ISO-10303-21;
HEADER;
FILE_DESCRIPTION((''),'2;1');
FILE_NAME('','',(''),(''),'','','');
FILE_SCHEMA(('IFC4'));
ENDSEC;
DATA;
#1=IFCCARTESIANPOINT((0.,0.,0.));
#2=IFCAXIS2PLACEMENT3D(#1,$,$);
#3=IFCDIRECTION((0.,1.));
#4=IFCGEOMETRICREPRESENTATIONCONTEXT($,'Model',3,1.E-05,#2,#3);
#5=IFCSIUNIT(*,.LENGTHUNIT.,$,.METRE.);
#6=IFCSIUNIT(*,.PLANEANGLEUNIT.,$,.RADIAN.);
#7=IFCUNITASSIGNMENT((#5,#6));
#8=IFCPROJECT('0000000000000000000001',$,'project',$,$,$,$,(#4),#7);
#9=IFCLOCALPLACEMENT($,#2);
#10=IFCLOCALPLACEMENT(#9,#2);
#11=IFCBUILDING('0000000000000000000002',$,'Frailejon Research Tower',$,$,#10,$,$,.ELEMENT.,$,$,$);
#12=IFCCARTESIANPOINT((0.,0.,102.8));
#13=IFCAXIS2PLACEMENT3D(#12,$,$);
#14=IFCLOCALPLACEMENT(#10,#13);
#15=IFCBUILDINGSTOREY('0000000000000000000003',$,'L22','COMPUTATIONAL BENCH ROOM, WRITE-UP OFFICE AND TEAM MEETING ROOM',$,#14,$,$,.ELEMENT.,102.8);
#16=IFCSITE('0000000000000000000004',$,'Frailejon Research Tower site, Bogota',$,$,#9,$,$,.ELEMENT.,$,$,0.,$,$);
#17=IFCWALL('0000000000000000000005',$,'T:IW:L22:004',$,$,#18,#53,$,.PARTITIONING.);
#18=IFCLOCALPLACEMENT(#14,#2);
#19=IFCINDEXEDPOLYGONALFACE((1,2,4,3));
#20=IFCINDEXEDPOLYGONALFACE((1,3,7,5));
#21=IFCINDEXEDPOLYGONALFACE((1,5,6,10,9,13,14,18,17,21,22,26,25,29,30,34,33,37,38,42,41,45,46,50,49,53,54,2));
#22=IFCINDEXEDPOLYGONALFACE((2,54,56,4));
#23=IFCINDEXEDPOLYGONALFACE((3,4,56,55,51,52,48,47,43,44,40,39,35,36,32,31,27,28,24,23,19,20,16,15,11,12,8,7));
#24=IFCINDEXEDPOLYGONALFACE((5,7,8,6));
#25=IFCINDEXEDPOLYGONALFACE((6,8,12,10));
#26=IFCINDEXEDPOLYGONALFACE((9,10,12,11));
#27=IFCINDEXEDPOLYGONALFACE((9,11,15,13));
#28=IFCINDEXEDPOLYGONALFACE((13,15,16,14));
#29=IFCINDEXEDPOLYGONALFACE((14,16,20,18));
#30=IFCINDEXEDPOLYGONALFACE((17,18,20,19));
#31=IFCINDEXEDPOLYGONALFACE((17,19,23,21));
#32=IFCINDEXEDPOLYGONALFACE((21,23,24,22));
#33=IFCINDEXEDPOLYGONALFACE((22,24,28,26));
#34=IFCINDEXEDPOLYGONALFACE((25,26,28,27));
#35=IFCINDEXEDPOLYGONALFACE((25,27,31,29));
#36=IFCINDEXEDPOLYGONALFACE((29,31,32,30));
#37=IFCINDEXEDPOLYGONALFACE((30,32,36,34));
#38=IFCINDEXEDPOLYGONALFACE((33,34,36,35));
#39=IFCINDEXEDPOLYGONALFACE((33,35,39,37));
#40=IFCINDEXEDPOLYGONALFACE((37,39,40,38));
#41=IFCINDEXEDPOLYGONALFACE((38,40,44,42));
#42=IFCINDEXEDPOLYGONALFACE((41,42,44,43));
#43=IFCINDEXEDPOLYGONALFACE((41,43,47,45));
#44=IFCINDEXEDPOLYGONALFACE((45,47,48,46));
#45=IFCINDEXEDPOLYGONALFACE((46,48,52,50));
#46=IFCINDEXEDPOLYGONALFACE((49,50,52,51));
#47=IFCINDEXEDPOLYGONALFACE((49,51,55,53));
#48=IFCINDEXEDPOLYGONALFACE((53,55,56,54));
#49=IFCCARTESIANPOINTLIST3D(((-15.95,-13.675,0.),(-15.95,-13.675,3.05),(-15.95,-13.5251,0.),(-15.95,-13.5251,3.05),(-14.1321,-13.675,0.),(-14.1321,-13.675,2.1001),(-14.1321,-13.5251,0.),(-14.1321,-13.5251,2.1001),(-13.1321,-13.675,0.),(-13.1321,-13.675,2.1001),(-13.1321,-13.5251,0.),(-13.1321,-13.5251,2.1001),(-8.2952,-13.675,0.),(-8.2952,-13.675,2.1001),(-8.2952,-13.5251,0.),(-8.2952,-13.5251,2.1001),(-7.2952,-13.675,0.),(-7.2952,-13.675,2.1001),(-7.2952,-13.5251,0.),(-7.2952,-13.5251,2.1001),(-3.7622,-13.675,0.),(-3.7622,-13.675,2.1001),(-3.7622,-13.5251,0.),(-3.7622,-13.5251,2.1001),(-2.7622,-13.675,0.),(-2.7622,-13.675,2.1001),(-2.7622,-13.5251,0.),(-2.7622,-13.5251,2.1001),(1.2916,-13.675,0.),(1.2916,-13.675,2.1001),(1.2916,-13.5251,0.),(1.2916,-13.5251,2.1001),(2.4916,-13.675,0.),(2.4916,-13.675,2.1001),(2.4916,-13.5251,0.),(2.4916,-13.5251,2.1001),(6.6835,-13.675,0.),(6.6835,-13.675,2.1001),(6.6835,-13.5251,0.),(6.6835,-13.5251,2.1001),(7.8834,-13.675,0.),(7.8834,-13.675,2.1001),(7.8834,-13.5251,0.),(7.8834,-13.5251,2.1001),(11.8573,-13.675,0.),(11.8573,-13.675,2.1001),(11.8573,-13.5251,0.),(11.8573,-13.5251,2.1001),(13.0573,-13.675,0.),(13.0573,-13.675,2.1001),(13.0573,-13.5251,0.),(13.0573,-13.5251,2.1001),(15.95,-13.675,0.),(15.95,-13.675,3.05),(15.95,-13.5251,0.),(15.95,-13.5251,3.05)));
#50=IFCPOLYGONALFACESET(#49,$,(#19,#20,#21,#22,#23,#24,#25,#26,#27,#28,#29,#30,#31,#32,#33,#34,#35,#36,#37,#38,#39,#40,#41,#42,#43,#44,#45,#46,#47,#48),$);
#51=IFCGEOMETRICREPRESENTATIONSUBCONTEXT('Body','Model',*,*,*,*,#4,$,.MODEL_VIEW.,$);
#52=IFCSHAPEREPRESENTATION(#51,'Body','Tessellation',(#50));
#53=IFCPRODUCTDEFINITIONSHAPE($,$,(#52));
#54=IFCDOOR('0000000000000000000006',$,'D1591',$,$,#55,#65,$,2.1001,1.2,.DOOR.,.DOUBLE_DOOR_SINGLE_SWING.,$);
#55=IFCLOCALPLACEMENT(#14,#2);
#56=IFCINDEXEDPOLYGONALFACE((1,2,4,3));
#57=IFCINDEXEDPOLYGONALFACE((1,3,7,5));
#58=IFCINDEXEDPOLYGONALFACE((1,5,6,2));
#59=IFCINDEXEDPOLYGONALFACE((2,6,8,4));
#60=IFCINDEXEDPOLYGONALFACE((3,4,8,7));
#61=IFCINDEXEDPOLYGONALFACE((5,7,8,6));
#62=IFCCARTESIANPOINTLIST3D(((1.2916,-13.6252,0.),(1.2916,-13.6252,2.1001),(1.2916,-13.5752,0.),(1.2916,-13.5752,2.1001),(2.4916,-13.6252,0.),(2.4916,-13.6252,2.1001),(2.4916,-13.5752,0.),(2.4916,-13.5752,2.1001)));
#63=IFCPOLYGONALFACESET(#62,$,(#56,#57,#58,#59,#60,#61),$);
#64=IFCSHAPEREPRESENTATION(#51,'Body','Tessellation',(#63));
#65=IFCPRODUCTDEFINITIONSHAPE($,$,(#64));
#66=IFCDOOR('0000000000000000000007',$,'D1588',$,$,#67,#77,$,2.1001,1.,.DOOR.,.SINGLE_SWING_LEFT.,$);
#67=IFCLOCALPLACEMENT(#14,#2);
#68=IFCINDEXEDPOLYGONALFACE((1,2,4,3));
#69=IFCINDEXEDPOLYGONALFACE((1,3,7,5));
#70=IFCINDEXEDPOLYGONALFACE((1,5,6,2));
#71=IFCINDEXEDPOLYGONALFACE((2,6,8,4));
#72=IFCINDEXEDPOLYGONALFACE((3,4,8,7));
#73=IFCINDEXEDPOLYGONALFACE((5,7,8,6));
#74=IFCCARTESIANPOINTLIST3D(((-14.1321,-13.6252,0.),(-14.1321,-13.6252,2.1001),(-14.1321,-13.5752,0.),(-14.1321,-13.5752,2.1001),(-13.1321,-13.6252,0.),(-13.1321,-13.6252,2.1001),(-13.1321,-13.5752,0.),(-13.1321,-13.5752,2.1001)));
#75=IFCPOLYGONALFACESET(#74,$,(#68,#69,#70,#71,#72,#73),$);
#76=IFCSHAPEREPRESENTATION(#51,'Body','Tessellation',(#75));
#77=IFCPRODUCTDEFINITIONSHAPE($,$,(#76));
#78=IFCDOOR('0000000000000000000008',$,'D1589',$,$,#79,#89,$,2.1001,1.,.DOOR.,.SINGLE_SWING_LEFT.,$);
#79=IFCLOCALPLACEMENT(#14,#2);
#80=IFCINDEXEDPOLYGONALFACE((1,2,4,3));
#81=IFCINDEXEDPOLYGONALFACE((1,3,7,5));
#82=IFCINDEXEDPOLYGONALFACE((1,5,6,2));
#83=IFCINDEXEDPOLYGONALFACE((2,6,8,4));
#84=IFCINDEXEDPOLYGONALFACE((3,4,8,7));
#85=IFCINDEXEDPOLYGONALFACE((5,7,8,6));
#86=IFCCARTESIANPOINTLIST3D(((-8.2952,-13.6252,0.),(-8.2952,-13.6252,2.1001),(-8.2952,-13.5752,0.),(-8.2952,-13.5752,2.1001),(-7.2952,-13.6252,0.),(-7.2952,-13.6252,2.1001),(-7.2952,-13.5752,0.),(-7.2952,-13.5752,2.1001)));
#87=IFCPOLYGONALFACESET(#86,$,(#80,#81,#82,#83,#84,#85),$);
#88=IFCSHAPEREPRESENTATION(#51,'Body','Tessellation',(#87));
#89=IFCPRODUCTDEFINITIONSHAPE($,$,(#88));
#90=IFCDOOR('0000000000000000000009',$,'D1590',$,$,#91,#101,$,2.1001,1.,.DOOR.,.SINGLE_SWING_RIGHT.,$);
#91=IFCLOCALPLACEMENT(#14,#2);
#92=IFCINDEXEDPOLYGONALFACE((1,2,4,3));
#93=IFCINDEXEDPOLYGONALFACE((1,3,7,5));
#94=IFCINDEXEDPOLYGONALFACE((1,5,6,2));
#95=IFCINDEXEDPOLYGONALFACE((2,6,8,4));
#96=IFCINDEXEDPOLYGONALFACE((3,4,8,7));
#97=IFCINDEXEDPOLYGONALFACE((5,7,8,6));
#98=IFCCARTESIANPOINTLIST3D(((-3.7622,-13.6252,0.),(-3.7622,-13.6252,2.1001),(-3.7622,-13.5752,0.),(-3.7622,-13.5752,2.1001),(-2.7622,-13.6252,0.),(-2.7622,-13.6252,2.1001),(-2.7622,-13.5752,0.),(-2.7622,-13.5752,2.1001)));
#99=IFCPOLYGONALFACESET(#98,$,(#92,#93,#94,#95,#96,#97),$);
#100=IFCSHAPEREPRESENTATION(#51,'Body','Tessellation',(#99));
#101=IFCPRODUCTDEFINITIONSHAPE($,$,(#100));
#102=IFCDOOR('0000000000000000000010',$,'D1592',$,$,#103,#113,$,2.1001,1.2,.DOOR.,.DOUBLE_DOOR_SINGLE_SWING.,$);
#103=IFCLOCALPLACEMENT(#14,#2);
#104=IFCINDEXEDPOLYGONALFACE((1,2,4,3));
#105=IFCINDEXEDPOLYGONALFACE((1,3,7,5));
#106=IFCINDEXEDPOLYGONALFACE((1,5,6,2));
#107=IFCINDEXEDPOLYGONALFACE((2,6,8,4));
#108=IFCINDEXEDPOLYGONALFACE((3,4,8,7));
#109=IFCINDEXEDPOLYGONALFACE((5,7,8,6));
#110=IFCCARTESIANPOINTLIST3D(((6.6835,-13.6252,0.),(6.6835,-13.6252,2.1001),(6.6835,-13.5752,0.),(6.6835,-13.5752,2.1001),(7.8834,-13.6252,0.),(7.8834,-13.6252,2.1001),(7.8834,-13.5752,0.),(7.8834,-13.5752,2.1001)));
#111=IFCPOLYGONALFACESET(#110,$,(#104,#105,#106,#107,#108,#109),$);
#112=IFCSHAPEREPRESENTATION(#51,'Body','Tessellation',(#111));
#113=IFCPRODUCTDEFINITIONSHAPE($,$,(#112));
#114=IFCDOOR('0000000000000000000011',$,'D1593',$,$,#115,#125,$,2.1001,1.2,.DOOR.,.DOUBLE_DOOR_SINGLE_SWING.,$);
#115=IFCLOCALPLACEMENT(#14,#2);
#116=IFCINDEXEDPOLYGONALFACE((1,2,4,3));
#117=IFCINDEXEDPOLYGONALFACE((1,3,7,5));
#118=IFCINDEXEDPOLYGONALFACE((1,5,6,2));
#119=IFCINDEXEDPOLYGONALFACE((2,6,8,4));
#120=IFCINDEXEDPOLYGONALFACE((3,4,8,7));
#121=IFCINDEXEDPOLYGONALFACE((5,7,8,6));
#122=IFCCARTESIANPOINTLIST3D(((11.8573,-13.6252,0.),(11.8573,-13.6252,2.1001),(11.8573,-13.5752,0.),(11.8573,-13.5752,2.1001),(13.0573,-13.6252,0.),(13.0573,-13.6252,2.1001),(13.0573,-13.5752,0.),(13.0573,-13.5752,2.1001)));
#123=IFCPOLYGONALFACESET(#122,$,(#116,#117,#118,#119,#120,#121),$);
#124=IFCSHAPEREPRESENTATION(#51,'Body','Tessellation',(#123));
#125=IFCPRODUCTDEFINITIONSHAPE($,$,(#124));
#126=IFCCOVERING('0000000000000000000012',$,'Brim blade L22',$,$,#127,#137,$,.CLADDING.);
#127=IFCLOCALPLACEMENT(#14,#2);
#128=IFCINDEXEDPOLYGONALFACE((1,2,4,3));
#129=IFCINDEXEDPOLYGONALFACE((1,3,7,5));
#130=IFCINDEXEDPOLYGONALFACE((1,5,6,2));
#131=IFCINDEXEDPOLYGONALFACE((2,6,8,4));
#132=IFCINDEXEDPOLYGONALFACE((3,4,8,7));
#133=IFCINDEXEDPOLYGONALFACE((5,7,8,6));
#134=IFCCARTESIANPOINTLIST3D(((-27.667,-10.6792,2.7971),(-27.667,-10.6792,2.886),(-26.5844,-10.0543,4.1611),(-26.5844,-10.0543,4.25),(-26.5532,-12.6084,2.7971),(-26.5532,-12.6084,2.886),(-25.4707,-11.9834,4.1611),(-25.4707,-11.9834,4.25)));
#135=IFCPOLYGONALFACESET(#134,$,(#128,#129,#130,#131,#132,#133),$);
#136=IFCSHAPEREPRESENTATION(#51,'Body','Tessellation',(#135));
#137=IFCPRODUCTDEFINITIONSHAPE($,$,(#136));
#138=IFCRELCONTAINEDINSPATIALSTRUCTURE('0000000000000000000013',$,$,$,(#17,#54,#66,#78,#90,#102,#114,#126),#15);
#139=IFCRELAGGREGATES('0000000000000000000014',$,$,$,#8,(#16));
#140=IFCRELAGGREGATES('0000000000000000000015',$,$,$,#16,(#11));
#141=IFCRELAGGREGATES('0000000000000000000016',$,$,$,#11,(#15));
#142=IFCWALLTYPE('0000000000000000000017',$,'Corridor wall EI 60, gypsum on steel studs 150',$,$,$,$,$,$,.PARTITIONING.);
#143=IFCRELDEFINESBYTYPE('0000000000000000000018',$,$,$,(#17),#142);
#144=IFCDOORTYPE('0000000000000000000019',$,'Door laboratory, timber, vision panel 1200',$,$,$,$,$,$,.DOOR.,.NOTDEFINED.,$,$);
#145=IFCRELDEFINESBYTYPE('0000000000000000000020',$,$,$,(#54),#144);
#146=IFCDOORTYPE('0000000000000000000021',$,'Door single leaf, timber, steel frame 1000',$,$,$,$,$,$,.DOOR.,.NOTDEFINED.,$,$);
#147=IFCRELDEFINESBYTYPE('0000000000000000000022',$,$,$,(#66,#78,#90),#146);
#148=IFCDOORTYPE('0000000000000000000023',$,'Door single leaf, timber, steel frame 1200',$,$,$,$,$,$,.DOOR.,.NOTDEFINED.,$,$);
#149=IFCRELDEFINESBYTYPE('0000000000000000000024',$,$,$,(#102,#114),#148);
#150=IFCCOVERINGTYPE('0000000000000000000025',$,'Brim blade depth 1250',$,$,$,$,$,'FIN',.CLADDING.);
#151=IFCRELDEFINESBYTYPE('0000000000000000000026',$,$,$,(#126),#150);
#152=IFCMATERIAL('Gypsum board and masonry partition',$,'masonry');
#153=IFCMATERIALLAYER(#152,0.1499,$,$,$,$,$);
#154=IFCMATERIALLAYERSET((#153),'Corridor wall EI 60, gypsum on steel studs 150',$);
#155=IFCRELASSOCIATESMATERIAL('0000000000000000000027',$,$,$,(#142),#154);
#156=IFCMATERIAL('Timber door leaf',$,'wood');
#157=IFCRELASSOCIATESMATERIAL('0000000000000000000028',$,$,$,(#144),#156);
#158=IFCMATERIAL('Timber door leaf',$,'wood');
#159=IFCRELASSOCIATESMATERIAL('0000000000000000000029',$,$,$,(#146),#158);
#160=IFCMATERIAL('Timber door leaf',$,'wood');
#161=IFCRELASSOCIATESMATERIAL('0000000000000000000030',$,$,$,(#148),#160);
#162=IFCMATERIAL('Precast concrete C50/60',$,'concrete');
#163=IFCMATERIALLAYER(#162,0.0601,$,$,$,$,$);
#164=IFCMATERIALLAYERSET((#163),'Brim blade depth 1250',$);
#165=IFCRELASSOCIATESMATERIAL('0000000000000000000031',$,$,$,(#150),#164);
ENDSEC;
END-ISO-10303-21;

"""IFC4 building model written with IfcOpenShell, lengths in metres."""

from ifc_helpers import new_model, si_unit, direction, frame, frame_2d, origin, place, context, subcontext, project, spatial, polyline, rectangle, outline, extrude, material, layer, layer_set, type_object, element, fill, save


model = new_model("IFC4")

# Units and contexts
model_context = context("Model", 3, precision=1e-05, world=origin(), true_north=direction((0.0, 1.0)))
body_context = subcontext(model_context, "Body", "Model", "MODEL_VIEW")
ifc_project = project(units=[si_unit("LENGTHUNIT", "METRE"), si_unit("PLANEANGLEUNIT", "RADIAN")], contexts=[model_context])

# Site, building, storey
site_placement = place(None, origin())
site = spatial("IfcSite", under=ifc_project, at=site_placement, Name="Frailejon Research Tower site, Bogota", CompositionType="ELEMENT", RefElevation=0.0)
building_placement = place(site_placement, origin())
building = spatial("IfcBuilding", under=site, at=building_placement, Name="Frailejon Research Tower", CompositionType="ELEMENT")
storey_placement = place(building_placement, frame((0.0, 0.0, 102.8)))
storey = spatial("IfcBuildingStorey", under=building, at=storey_placement, Name="L22", Description="COMPUTATIONAL BENCH ROOM, WRITE-UP OFFICE AND TEAM MEETING ROOM", CompositionType="ELEMENT", Elevation=102.8)

# Wall, openings, doors
ifc_material_1 = material(Name="Gypsum board and masonry partition", Category="masonry")
ifc_layer_1 = layer(ifc_material_1, 0.1499)
ifc_layer_set_1 = layer_set([ifc_layer_1], Name="Corridor wall EI 60, gypsum on steel studs 150")
wall_type = type_object("IfcWallType", Name="Corridor wall EI 60, gypsum on steel studs 150", PredefinedType="PARTITIONING", material=ifc_layer_set_1)
ifc_material_2 = material(Name="Timber door leaf", Category="wood")
door_type_1 = type_object("IfcDoorType", Name="Door laboratory, timber, vision panel 1200", OperationType="NOTDEFINED", PredefinedType="DOOR", material=ifc_material_2)
ifc_material_3 = material(Name="Timber door leaf", Category="wood")
door_type_2 = type_object("IfcDoorType", Name="Door single leaf, timber, steel frame 1000", OperationType="NOTDEFINED", PredefinedType="DOOR", material=ifc_material_3)
ifc_material_4 = material(Name="Timber door leaf", Category="wood")
door_type_3 = type_object("IfcDoorType", Name="Door single leaf, timber, steel frame 1200", OperationType="NOTDEFINED", PredefinedType="DOOR", material=ifc_material_4)
wall_1_placement = place(storey_placement, frame((-15.95, -13.6001, 0.0), z_axis=(0.0, 0.0, 1.0), x_axis=(1.0, 0.0, 0.0)))
wall_1 = element("IfcWall", 1, at=wall_1_placement, inside=storey, type_object=wall_type, Name="T:IW:L22:004", PredefinedType="PARTITIONING", context=body_context, shape_type="SweptSolid", body=[
    extrude(rectangle(XDim=31.8999, YDim=0.1499, at=frame_2d((15.95, 0.0))), origin(), (0.0, 0.0, 1.0), 3.05),
])
opening_1_placement = place(wall_1_placement, frame((1.8179, 0.0, 0.0)))
opening_1 = element("IfcOpeningElement", 2, at=opening_1_placement, cuts=wall_1, PredefinedType="OPENING", context=body_context, shape_type="SweptSolid", body=[
    extrude(rectangle(XDim=1.0, YDim=2.1001, at=frame_2d((0.5, 1.05))), frame((0.0, 0.085, 0.0), z_axis=(0.0, -1.0, 0.0), x_axis=(1.0, 0.0, 0.0)), (0.0, 0.0, 1.0), 0.1699),
])
opening_2_placement = place(wall_1_placement, frame((7.6548, 0.0, 0.0)))
opening_2 = element("IfcOpeningElement", 3, at=opening_2_placement, cuts=wall_1, PredefinedType="OPENING", context=body_context, shape_type="SweptSolid", body=[
    extrude(rectangle(XDim=1.0, YDim=2.1001, at=frame_2d((0.5, 1.05))), frame((0.0, 0.085, 0.0), z_axis=(0.0, -1.0, 0.0), x_axis=(1.0, 0.0, 0.0)), (0.0, 0.0, 1.0), 0.1699),
])
opening_3_placement = place(wall_1_placement, frame((12.1877, 0.0, 0.0)))
opening_3 = element("IfcOpeningElement", 4, at=opening_3_placement, cuts=wall_1, PredefinedType="OPENING", context=body_context, shape_type="SweptSolid", body=[
    extrude(rectangle(XDim=1.0, YDim=2.1001, at=frame_2d((0.5, 1.05))), frame((0.0, 0.085, 0.0), z_axis=(0.0, -1.0, 0.0), x_axis=(1.0, 0.0, 0.0)), (0.0, 0.0, 1.0), 0.1699),
])
opening_4_placement = place(wall_1_placement, frame((17.2415, 0.0, 0.0)))
opening_4 = element("IfcOpeningElement", 5, at=opening_4_placement, cuts=wall_1, PredefinedType="OPENING", context=body_context, shape_type="SweptSolid", body=[
    extrude(rectangle(XDim=1.2, YDim=2.1001, at=frame_2d((0.6001, 1.05))), frame((0.0, 0.085, 0.0), z_axis=(0.0, -1.0, 0.0), x_axis=(1.0, 0.0, 0.0)), (0.0, 0.0, 1.0), 0.1699),
])
opening_5_placement = place(wall_1_placement, frame((22.6333, 0.0, 0.0)))
opening_5 = element("IfcOpeningElement", 6, at=opening_5_placement, cuts=wall_1, PredefinedType="OPENING", context=body_context, shape_type="SweptSolid", body=[
    extrude(rectangle(XDim=1.2, YDim=2.1001, at=frame_2d((0.6001, 1.05))), frame((0.0, 0.085, 0.0), z_axis=(0.0, -1.0, 0.0), x_axis=(1.0, 0.0, 0.0)), (0.0, 0.0, 1.0), 0.1699),
])
opening_6_placement = place(wall_1_placement, frame((27.8071, 0.0, 0.0)))
opening_6 = element("IfcOpeningElement", 7, at=opening_6_placement, cuts=wall_1, PredefinedType="OPENING", context=body_context, shape_type="SweptSolid", body=[
    extrude(rectangle(XDim=1.2, YDim=2.1001, at=frame_2d((0.6001, 1.05))), frame((0.0, 0.085, 0.0), z_axis=(0.0, -1.0, 0.0), x_axis=(1.0, 0.0, 0.0)), (0.0, 0.0, 1.0), 0.1699),
])
door_1_placement = place(opening_4_placement, origin())
door_1 = element("IfcDoor", 8, at=door_1_placement, inside=storey, type_object=door_type_1, Name="D1591", OperationType="DOUBLE_DOOR_SINGLE_SWING", OverallHeight=2.1001, OverallWidth=1.2, PredefinedType="DOOR", context=body_context, shape_type="SweptSolid", body=[
    extrude(rectangle(XDim=1.2, YDim=2.1001, at=frame_2d((0.6001, 1.05))), frame((0.0, 0.0249, 0.0), z_axis=(0.0, -1.0, 0.0), x_axis=(1.0, 0.0, 0.0)), (0.0, 0.0, 1.0), 0.05),
])
fill(opening_4, door_1)
door_2_placement = place(opening_1_placement, origin())
door_2 = element("IfcDoor", 9, at=door_2_placement, inside=storey, type_object=door_type_2, Name="D1588", OperationType="SINGLE_SWING_LEFT", OverallHeight=2.1001, OverallWidth=1.0, PredefinedType="DOOR", context=body_context, shape_type="SweptSolid", body=[
    extrude(rectangle(XDim=1.0, YDim=2.1001, at=frame_2d((0.5, 1.05))), frame((0.0, 0.0249, 0.0), z_axis=(0.0, -1.0, 0.0), x_axis=(1.0, 0.0, 0.0)), (0.0, 0.0, 1.0), 0.05),
])
fill(opening_1, door_2)
door_3_placement = place(opening_2_placement, origin())
door_3 = element("IfcDoor", 10, at=door_3_placement, inside=storey, type_object=door_type_2, Name="D1589", OperationType="SINGLE_SWING_LEFT", OverallHeight=2.1001, OverallWidth=1.0, PredefinedType="DOOR", context=body_context, shape_type="SweptSolid", body=[
    extrude(rectangle(XDim=1.0, YDim=2.1001, at=frame_2d((0.5, 1.05))), frame((0.0, 0.0249, 0.0), z_axis=(0.0, -1.0, 0.0), x_axis=(1.0, 0.0, 0.0)), (0.0, 0.0, 1.0), 0.05),
])
fill(opening_2, door_3)
door_4_placement = place(opening_3_placement, origin())
door_4 = element("IfcDoor", 11, at=door_4_placement, inside=storey, type_object=door_type_2, Name="D1590", OperationType="SINGLE_SWING_RIGHT", OverallHeight=2.1001, OverallWidth=1.0, PredefinedType="DOOR", context=body_context, shape_type="SweptSolid", body=[
    extrude(rectangle(XDim=1.0, YDim=2.1001, at=frame_2d((0.5, 1.05))), frame((0.0, 0.0249, 0.0), z_axis=(0.0, -1.0, 0.0), x_axis=(1.0, 0.0, 0.0)), (0.0, 0.0, 1.0), 0.05),
])
fill(opening_3, door_4)
door_5_placement = place(opening_5_placement, origin())
door_5 = element("IfcDoor", 12, at=door_5_placement, inside=storey, type_object=door_type_3, Name="D1592", OperationType="DOUBLE_DOOR_SINGLE_SWING", OverallHeight=2.1001, OverallWidth=1.2, PredefinedType="DOOR", context=body_context, shape_type="SweptSolid", body=[
    extrude(rectangle(XDim=1.2, YDim=2.1001, at=frame_2d((0.6001, 1.05))), frame((0.0, 0.0249, 0.0), z_axis=(0.0, -1.0, 0.0), x_axis=(1.0, 0.0, 0.0)), (0.0, 0.0, 1.0), 0.05),
])
fill(opening_5, door_5)
door_6_placement = place(opening_6_placement, origin())
door_6 = element("IfcDoor", 13, at=door_6_placement, inside=storey, type_object=door_type_3, Name="D1593", OperationType="DOUBLE_DOOR_SINGLE_SWING", OverallHeight=2.1001, OverallWidth=1.2, PredefinedType="DOOR", context=body_context, shape_type="SweptSolid", body=[
    extrude(rectangle(XDim=1.2, YDim=2.1001, at=frame_2d((0.6001, 1.05))), frame((0.0, 0.0249, 0.0), z_axis=(0.0, -1.0, 0.0), x_axis=(1.0, 0.0, 0.0)), (0.0, 0.0, 1.0), 0.05),
])
fill(opening_6, door_6)

# Covering
ifc_material_5 = material(Name="Precast concrete C50/60", Category="concrete")
ifc_layer_2 = layer(ifc_material_5, 0.0601)
ifc_layer_set_2 = layer_set([ifc_layer_2], Name="Brim blade depth 1250")
covering_type = type_object("IfcCoveringType", Name="Brim blade depth 1250", ElementType="FIN", PredefinedType="CLADDING", material=ifc_layer_set_2)
covering_placement = place(storey_placement, frame((-25.4707, -11.9834, 4.25), z_axis=(-0.499982, 0.866036, 0.0), x_axis=(-0.866036, -0.499982, 0.0)))
element("IfcCovering", 14, at=covering_placement, inside=storey, type_object=covering_type, Name="Brim blade L22", PredefinedType="CLADDING", context=body_context, shape_type="SweptSolid", body=[
    extrude(outline(polyline([(0.0, -0.0889), (1.25, -1.4529), (1.25, -1.364), (0.0, 0.0), (0.0, -0.0889)])), origin(), (0.0, 0.0, 1.0), 2.2275),
])

save(model, "model.ifc")
